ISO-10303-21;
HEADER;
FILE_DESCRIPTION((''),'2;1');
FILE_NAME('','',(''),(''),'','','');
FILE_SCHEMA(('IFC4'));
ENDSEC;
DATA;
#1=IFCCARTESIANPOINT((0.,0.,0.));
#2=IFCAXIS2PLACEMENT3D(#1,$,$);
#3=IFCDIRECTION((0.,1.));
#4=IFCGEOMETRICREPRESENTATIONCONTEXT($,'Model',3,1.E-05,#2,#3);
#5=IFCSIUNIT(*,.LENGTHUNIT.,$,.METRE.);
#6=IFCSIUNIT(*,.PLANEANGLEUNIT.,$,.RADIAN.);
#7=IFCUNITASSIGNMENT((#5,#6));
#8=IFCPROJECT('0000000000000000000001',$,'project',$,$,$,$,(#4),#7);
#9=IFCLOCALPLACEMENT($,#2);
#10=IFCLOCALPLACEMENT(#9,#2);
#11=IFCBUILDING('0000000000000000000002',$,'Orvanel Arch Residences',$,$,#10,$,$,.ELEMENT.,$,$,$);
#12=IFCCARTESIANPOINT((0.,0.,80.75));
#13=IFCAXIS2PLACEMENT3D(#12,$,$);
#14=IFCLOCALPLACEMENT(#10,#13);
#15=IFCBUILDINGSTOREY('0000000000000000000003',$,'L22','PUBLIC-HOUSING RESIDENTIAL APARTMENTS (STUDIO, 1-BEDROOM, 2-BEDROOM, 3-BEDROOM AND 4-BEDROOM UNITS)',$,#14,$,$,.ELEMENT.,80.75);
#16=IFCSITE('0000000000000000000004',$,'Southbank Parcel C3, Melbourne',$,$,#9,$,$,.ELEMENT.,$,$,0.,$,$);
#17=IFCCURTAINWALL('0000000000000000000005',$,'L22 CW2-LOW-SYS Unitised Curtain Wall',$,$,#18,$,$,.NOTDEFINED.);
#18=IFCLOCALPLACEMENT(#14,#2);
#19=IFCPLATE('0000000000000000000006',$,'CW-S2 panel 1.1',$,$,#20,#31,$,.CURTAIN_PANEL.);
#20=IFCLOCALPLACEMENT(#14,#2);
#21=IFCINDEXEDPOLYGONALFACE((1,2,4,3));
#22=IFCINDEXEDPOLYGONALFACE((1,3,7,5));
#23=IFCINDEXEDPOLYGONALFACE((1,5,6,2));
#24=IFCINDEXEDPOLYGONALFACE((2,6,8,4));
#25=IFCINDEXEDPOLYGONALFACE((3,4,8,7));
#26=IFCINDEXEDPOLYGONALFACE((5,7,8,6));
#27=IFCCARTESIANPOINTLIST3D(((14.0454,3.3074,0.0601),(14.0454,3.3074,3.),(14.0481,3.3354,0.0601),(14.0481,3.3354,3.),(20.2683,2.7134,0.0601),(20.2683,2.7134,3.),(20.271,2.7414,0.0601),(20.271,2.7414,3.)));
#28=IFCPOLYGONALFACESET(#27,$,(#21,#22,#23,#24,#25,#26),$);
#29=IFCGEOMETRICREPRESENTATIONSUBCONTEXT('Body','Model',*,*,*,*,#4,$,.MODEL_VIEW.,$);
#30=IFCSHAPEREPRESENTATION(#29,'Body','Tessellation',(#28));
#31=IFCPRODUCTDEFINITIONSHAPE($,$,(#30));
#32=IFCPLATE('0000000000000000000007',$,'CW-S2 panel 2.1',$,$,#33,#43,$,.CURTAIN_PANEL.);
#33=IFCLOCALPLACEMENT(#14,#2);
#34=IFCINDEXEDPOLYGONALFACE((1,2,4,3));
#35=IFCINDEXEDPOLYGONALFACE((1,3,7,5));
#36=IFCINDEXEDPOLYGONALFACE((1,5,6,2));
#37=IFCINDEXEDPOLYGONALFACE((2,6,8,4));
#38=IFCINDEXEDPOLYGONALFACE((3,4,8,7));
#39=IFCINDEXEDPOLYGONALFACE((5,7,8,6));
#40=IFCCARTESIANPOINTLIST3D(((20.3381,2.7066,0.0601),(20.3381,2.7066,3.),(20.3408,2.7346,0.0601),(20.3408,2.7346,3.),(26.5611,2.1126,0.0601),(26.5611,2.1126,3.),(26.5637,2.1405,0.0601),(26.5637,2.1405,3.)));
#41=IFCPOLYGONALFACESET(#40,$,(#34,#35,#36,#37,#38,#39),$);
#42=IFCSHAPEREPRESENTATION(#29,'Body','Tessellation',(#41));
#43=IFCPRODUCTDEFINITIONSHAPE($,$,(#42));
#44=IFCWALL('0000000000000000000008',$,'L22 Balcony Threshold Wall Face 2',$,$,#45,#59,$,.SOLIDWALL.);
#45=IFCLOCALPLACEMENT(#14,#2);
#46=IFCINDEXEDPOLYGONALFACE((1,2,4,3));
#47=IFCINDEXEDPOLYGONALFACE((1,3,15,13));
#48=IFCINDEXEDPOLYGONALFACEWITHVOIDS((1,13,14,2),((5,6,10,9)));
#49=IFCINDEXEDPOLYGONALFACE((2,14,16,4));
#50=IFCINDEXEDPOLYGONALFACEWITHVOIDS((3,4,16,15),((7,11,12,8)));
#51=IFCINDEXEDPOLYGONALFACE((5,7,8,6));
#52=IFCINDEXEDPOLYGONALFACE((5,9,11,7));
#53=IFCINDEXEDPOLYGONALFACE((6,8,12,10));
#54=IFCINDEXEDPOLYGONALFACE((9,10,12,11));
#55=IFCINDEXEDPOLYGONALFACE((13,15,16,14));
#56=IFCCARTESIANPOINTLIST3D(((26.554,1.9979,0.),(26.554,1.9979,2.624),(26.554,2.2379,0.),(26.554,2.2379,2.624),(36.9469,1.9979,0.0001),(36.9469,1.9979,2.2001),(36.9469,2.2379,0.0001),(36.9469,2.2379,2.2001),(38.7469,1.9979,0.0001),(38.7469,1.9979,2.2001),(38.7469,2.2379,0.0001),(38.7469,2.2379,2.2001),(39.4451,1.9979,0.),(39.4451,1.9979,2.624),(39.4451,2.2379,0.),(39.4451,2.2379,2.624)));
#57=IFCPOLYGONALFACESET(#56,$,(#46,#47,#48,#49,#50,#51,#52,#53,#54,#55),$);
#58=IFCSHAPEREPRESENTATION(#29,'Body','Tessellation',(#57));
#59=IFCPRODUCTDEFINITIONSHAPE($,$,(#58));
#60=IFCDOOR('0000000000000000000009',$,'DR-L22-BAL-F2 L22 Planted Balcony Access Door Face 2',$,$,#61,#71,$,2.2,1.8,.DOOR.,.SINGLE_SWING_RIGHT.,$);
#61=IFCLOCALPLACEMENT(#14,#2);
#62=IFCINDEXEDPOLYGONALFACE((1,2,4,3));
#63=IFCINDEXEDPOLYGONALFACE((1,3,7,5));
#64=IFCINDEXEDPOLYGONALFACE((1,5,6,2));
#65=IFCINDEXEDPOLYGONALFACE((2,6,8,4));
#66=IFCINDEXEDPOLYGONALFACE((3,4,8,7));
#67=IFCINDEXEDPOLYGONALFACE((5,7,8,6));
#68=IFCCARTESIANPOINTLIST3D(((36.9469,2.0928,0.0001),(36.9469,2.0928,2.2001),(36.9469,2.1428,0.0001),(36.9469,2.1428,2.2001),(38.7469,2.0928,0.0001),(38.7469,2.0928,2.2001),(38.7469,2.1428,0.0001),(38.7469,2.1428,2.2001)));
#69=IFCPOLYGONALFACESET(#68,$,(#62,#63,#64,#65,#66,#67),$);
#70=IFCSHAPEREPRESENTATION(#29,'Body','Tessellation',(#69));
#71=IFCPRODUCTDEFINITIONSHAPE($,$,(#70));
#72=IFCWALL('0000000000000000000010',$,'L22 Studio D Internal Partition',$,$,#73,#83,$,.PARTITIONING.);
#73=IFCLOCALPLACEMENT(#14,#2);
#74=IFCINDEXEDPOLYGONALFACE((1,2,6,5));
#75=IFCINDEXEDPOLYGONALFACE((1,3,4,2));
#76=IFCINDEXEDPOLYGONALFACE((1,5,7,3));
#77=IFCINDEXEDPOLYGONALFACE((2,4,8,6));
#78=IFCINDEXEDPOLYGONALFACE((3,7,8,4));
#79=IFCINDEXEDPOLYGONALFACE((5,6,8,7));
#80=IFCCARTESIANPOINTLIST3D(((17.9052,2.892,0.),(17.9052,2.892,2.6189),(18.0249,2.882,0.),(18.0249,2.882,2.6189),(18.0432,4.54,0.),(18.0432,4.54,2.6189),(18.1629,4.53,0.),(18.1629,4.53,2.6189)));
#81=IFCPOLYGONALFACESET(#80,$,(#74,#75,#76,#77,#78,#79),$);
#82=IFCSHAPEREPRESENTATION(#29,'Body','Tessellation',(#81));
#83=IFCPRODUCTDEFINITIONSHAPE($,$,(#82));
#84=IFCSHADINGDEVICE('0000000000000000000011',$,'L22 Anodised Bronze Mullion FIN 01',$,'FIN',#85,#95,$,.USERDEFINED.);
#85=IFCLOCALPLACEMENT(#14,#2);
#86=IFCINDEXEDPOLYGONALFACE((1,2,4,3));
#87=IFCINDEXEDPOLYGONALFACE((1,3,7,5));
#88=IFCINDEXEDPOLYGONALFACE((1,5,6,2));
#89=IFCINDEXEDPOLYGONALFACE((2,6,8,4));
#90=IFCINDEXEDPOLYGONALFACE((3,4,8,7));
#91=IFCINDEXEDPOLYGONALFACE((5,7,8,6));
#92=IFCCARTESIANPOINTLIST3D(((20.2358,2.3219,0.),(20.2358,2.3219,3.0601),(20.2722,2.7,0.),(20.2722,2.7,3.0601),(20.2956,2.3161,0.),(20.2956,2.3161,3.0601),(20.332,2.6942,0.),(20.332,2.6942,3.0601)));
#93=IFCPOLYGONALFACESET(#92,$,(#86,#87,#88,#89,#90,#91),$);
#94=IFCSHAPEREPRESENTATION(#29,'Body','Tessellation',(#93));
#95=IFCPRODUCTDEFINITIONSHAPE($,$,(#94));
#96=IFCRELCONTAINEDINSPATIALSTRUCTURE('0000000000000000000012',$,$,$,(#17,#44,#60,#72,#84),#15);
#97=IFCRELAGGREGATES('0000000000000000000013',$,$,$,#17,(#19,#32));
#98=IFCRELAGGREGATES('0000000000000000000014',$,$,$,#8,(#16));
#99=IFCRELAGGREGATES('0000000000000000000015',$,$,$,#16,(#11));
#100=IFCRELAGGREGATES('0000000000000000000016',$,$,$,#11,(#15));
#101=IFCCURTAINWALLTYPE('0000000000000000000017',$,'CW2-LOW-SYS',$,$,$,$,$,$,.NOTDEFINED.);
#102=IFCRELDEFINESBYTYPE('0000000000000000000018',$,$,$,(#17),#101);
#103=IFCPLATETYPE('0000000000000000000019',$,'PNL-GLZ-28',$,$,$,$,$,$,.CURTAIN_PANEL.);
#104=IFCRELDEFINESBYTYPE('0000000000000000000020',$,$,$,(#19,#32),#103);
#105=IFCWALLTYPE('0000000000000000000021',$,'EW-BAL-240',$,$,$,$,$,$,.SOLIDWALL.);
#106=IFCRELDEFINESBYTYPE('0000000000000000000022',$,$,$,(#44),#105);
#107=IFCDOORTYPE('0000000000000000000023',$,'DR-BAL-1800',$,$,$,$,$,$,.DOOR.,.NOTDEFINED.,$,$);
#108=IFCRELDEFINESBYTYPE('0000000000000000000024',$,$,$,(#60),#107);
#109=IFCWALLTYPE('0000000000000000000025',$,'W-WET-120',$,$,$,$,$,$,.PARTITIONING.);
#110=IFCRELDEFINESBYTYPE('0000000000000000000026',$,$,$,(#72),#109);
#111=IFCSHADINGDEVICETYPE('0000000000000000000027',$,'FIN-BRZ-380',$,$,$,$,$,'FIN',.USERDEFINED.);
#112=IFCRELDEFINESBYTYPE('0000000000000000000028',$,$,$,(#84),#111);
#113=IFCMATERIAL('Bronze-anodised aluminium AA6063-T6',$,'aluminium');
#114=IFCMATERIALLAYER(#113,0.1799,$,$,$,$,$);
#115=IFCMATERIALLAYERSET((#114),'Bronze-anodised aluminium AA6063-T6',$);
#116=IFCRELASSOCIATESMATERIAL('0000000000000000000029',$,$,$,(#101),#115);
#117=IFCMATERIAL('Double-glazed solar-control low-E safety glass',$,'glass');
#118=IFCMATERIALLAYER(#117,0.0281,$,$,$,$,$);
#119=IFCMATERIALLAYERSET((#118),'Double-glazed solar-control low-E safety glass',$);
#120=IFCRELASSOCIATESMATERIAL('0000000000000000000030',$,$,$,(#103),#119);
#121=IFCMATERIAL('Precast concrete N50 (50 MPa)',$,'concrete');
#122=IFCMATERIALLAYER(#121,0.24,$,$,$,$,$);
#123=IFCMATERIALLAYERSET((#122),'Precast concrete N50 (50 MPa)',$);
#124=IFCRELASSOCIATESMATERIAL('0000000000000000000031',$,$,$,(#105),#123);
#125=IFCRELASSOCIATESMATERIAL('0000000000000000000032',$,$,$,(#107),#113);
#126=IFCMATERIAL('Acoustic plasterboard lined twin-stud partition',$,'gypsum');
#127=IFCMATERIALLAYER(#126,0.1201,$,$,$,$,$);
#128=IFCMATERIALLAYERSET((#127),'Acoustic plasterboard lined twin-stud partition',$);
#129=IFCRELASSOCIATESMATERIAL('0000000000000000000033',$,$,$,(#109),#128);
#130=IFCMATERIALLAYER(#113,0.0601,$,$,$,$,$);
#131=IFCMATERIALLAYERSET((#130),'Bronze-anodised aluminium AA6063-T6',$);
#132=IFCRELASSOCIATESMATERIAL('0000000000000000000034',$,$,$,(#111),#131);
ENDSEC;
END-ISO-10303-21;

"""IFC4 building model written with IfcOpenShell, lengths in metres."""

from ifc_helpers import new_model, si_unit, direction, frame, frame_2d, origin, origin_2d, place, context, subcontext, project, spatial, rectangle, extrude, material, layer, layer_set, type_object, element, fill, aggregate, save


model = new_model("IFC4")

# Units and contexts
model_context = context("Model", 3, precision=1e-05, world=origin(), true_north=direction((0.0, 1.0)))
body_context = subcontext(model_context, "Body", "Model", "MODEL_VIEW")
ifc_project = project(units=[si_unit("LENGTHUNIT", "METRE"), si_unit("PLANEANGLEUNIT", "RADIAN")], contexts=[model_context])

# Site, building, storey
site_placement = place(None, origin())
site = spatial("IfcSite", under=ifc_project, at=site_placement, Name="Southbank Parcel C3, Melbourne", CompositionType="ELEMENT", RefElevation=0.0)
building_placement = place(site_placement, origin())
building = spatial("IfcBuilding", under=site, at=building_placement, Name="Orvanel Arch Residences", CompositionType="ELEMENT")
storey_placement = place(building_placement, frame((0.0, 0.0, 80.75)))
storey = spatial("IfcBuildingStorey", under=building, at=storey_placement, Name="L22", Description="PUBLIC-HOUSING RESIDENTIAL APARTMENTS (STUDIO, 1-BEDROOM, 2-BEDROOM, 3-BEDROOM AND 4-BEDROOM UNITS)", CompositionType="ELEMENT", Elevation=80.75)

# Shared definitions
ifc_material_1 = material(Name="Bronze-anodised aluminium AA6063-T6", Category="aluminium")

# Curtain wall
ifc_layer_1 = layer(ifc_material_1, 0.1799)
ifc_layer_set_1 = layer_set([ifc_layer_1], Name="Bronze-anodised aluminium AA6063-T6")
curtain_wall_type_1 = type_object("IfcCurtainWallType", Name="CW2-LOW-SYS", PredefinedType="NOTDEFINED", material=ifc_layer_set_1)
curtain_wall_1_placement = place(storey_placement, origin())
curtain_wall_1 = element("IfcCurtainWall", 1, at=curtain_wall_1_placement, inside=storey, type_object=curtain_wall_type_1, Name="L22 CW2-LOW-SYS Unitised Curtain Wall", PredefinedType="NOTDEFINED")

# Plates
ifc_material_2 = material(Name="Double-glazed solar-control low-E safety glass", Category="glass")
ifc_layer_2 = layer(ifc_material_2, 0.0281)
ifc_layer_set_2 = layer_set([ifc_layer_2], Name="Double-glazed solar-control low-E safety glass")
plate_type_1 = type_object("IfcPlateType", Name="PNL-GLZ-28", PredefinedType="CURTAIN_PANEL", material=ifc_layer_set_2)
plate_1_placement = place(storey_placement, frame((17.1582, 3.0244, 0.0601), z_axis=(0.0, 0.0, 1.0), x_axis=(0.995475, -0.095024, 0.0)))
plate_1 = element("IfcPlate", 2, at=plate_1_placement, type_object=plate_type_1, Name="CW-S2 panel 1.1", PredefinedType="CURTAIN_PANEL", context=body_context, shape_type="SweptSolid", body=[
    extrude(rectangle(XDim=6.2512, YDim=0.0281, at=origin_2d()), origin(), (0.0, 0.0, 1.0), 2.9399),
])
plate_2_placement = place(storey_placement, frame((23.4509, 2.4236, 0.0601), z_axis=(0.0, 0.0, 1.0), x_axis=(0.995475, -0.095024, 0.0)))
plate_2 = element("IfcPlate", 3, at=plate_2_placement, type_object=plate_type_1, Name="CW-S2 panel 2.1", PredefinedType="CURTAIN_PANEL", context=body_context, shape_type="SweptSolid", body=[
    extrude(rectangle(XDim=6.2512, YDim=0.0281, at=origin_2d()), origin(), (0.0, 0.0, 1.0), 2.9399),
])
aggregate(curtain_wall_1, [plate_1, plate_2])

# Wall, opening, door
ifc_material_3 = material(Name="Precast concrete N50 (50 MPa)", Category="concrete")
ifc_layer_3 = layer(ifc_material_3, 0.24)
ifc_layer_set_3 = layer_set([ifc_layer_3], Name="Precast concrete N50 (50 MPa)")
wall_type_1 = type_object("IfcWallType", Name="EW-BAL-240", PredefinedType="SOLIDWALL", material=ifc_layer_set_3)
wall_1_placement = place(storey_placement, frame((26.554, 2.1179, 0.0), z_axis=(0.0, 0.0, 1.0), x_axis=(1.0, 0.0, 0.0)))
wall_1 = element("IfcWall", 4, at=wall_1_placement, inside=storey, type_object=wall_type_1, Name="L22 Balcony Threshold Wall Face 2", PredefinedType="SOLIDWALL", context=body_context, shape_type="SweptSolid", body=[
    extrude(rectangle(XDim=12.8911, YDim=0.24, at=frame_2d((6.4456, 0.0))), origin(), (0.0, 0.0, 1.0), 2.624),
])
opening_placement = place(wall_1_placement, frame((10.3931, 0.0, 0.0)))
opening = element("IfcOpeningElement", 5, at=opening_placement, cuts=wall_1, PredefinedType="OPENING", context=body_context, shape_type="SweptSolid", body=[
    extrude(rectangle(XDim=1.8, YDim=2.2, at=frame_2d((0.8999, 1.1001))), frame((0.0, 0.1299, 0.0), z_axis=(0.0, -1.0, 0.0), x_axis=(1.0, 0.0, 0.0)), (0.0, 0.0, 1.0), 0.26),
])
door_type = type_object("IfcDoorType", Name="DR-BAL-1800", OperationType="NOTDEFINED", PredefinedType="DOOR", material=ifc_material_1)
door_placement = place(opening_placement, origin())
door = element("IfcDoor", 6, at=door_placement, inside=storey, type_object=door_type, Name="DR-L22-BAL-F2 L22 Planted Balcony Access Door Face 2", OperationType="SINGLE_SWING_RIGHT", OverallHeight=2.2, OverallWidth=1.8, PredefinedType="DOOR", context=body_context, shape_type="SweptSolid", body=[
    extrude(rectangle(XDim=1.8, YDim=2.2, at=frame_2d((0.8999, 1.1001))), frame((0.0, 0.0249, 0.0), z_axis=(0.0, -1.0, 0.0), x_axis=(1.0, 0.0, 0.0)), (0.0, 0.0, 1.0), 0.05),
])
fill(opening, door)

# Wall
ifc_material_4 = material(Name="Acoustic plasterboard lined twin-stud partition", Category="gypsum")
ifc_layer_4 = layer(ifc_material_4, 0.1201)
ifc_layer_set_4 = layer_set([ifc_layer_4], Name="Acoustic plasterboard lined twin-stud partition")
wall_type_2 = type_object("IfcWallType", Name="W-WET-120", PredefinedType="PARTITIONING", material=ifc_layer_set_4)
wall_2_placement = place(storey_placement, frame((17.9651, 2.887, 0.0), z_axis=(0.0, 0.0, 1.0), x_axis=(0.083412, 0.996515, 0.0)))
element("IfcWall", 7, at=wall_2_placement, inside=storey, type_object=wall_type_2, Name="L22 Studio D Internal Partition", PredefinedType="PARTITIONING", context=body_context, shape_type="SweptSolid", body=[
    extrude(rectangle(XDim=1.6538, YDim=0.1201, at=frame_2d((0.8269, 0.0))), origin(), (0.0, 0.0, 1.0), 2.6189),
])

# Shading device
ifc_layer_5 = layer(ifc_material_1, 0.0601)
ifc_layer_set_5 = layer_set([ifc_layer_5], Name="Bronze-anodised aluminium AA6063-T6")
shading_device_type = type_object("IfcShadingDeviceType", Name="FIN-BRZ-380", ElementType="FIN", PredefinedType="USERDEFINED", material=ifc_layer_set_5)
shading_device_placement = place(storey_placement, frame((20.2839, 2.5081, 0.0), z_axis=(0.0, 0.0, 1.0), x_axis=(-0.095846, -0.995396, 0.0)))
element("IfcShadingDevice", 8, at=shading_device_placement, inside=storey, type_object=shading_device_type, Name="L22 Anodised Bronze Mullion FIN 01", ObjectType="FIN", PredefinedType="USERDEFINED", context=body_context, shape_type="SweptSolid", body=[
    extrude(rectangle(XDim=0.3799, YDim=0.0601, at=origin_2d()), origin(), (0.0, 0.0, 1.0), 3.0601),
])

save(model, "model.ifc")
